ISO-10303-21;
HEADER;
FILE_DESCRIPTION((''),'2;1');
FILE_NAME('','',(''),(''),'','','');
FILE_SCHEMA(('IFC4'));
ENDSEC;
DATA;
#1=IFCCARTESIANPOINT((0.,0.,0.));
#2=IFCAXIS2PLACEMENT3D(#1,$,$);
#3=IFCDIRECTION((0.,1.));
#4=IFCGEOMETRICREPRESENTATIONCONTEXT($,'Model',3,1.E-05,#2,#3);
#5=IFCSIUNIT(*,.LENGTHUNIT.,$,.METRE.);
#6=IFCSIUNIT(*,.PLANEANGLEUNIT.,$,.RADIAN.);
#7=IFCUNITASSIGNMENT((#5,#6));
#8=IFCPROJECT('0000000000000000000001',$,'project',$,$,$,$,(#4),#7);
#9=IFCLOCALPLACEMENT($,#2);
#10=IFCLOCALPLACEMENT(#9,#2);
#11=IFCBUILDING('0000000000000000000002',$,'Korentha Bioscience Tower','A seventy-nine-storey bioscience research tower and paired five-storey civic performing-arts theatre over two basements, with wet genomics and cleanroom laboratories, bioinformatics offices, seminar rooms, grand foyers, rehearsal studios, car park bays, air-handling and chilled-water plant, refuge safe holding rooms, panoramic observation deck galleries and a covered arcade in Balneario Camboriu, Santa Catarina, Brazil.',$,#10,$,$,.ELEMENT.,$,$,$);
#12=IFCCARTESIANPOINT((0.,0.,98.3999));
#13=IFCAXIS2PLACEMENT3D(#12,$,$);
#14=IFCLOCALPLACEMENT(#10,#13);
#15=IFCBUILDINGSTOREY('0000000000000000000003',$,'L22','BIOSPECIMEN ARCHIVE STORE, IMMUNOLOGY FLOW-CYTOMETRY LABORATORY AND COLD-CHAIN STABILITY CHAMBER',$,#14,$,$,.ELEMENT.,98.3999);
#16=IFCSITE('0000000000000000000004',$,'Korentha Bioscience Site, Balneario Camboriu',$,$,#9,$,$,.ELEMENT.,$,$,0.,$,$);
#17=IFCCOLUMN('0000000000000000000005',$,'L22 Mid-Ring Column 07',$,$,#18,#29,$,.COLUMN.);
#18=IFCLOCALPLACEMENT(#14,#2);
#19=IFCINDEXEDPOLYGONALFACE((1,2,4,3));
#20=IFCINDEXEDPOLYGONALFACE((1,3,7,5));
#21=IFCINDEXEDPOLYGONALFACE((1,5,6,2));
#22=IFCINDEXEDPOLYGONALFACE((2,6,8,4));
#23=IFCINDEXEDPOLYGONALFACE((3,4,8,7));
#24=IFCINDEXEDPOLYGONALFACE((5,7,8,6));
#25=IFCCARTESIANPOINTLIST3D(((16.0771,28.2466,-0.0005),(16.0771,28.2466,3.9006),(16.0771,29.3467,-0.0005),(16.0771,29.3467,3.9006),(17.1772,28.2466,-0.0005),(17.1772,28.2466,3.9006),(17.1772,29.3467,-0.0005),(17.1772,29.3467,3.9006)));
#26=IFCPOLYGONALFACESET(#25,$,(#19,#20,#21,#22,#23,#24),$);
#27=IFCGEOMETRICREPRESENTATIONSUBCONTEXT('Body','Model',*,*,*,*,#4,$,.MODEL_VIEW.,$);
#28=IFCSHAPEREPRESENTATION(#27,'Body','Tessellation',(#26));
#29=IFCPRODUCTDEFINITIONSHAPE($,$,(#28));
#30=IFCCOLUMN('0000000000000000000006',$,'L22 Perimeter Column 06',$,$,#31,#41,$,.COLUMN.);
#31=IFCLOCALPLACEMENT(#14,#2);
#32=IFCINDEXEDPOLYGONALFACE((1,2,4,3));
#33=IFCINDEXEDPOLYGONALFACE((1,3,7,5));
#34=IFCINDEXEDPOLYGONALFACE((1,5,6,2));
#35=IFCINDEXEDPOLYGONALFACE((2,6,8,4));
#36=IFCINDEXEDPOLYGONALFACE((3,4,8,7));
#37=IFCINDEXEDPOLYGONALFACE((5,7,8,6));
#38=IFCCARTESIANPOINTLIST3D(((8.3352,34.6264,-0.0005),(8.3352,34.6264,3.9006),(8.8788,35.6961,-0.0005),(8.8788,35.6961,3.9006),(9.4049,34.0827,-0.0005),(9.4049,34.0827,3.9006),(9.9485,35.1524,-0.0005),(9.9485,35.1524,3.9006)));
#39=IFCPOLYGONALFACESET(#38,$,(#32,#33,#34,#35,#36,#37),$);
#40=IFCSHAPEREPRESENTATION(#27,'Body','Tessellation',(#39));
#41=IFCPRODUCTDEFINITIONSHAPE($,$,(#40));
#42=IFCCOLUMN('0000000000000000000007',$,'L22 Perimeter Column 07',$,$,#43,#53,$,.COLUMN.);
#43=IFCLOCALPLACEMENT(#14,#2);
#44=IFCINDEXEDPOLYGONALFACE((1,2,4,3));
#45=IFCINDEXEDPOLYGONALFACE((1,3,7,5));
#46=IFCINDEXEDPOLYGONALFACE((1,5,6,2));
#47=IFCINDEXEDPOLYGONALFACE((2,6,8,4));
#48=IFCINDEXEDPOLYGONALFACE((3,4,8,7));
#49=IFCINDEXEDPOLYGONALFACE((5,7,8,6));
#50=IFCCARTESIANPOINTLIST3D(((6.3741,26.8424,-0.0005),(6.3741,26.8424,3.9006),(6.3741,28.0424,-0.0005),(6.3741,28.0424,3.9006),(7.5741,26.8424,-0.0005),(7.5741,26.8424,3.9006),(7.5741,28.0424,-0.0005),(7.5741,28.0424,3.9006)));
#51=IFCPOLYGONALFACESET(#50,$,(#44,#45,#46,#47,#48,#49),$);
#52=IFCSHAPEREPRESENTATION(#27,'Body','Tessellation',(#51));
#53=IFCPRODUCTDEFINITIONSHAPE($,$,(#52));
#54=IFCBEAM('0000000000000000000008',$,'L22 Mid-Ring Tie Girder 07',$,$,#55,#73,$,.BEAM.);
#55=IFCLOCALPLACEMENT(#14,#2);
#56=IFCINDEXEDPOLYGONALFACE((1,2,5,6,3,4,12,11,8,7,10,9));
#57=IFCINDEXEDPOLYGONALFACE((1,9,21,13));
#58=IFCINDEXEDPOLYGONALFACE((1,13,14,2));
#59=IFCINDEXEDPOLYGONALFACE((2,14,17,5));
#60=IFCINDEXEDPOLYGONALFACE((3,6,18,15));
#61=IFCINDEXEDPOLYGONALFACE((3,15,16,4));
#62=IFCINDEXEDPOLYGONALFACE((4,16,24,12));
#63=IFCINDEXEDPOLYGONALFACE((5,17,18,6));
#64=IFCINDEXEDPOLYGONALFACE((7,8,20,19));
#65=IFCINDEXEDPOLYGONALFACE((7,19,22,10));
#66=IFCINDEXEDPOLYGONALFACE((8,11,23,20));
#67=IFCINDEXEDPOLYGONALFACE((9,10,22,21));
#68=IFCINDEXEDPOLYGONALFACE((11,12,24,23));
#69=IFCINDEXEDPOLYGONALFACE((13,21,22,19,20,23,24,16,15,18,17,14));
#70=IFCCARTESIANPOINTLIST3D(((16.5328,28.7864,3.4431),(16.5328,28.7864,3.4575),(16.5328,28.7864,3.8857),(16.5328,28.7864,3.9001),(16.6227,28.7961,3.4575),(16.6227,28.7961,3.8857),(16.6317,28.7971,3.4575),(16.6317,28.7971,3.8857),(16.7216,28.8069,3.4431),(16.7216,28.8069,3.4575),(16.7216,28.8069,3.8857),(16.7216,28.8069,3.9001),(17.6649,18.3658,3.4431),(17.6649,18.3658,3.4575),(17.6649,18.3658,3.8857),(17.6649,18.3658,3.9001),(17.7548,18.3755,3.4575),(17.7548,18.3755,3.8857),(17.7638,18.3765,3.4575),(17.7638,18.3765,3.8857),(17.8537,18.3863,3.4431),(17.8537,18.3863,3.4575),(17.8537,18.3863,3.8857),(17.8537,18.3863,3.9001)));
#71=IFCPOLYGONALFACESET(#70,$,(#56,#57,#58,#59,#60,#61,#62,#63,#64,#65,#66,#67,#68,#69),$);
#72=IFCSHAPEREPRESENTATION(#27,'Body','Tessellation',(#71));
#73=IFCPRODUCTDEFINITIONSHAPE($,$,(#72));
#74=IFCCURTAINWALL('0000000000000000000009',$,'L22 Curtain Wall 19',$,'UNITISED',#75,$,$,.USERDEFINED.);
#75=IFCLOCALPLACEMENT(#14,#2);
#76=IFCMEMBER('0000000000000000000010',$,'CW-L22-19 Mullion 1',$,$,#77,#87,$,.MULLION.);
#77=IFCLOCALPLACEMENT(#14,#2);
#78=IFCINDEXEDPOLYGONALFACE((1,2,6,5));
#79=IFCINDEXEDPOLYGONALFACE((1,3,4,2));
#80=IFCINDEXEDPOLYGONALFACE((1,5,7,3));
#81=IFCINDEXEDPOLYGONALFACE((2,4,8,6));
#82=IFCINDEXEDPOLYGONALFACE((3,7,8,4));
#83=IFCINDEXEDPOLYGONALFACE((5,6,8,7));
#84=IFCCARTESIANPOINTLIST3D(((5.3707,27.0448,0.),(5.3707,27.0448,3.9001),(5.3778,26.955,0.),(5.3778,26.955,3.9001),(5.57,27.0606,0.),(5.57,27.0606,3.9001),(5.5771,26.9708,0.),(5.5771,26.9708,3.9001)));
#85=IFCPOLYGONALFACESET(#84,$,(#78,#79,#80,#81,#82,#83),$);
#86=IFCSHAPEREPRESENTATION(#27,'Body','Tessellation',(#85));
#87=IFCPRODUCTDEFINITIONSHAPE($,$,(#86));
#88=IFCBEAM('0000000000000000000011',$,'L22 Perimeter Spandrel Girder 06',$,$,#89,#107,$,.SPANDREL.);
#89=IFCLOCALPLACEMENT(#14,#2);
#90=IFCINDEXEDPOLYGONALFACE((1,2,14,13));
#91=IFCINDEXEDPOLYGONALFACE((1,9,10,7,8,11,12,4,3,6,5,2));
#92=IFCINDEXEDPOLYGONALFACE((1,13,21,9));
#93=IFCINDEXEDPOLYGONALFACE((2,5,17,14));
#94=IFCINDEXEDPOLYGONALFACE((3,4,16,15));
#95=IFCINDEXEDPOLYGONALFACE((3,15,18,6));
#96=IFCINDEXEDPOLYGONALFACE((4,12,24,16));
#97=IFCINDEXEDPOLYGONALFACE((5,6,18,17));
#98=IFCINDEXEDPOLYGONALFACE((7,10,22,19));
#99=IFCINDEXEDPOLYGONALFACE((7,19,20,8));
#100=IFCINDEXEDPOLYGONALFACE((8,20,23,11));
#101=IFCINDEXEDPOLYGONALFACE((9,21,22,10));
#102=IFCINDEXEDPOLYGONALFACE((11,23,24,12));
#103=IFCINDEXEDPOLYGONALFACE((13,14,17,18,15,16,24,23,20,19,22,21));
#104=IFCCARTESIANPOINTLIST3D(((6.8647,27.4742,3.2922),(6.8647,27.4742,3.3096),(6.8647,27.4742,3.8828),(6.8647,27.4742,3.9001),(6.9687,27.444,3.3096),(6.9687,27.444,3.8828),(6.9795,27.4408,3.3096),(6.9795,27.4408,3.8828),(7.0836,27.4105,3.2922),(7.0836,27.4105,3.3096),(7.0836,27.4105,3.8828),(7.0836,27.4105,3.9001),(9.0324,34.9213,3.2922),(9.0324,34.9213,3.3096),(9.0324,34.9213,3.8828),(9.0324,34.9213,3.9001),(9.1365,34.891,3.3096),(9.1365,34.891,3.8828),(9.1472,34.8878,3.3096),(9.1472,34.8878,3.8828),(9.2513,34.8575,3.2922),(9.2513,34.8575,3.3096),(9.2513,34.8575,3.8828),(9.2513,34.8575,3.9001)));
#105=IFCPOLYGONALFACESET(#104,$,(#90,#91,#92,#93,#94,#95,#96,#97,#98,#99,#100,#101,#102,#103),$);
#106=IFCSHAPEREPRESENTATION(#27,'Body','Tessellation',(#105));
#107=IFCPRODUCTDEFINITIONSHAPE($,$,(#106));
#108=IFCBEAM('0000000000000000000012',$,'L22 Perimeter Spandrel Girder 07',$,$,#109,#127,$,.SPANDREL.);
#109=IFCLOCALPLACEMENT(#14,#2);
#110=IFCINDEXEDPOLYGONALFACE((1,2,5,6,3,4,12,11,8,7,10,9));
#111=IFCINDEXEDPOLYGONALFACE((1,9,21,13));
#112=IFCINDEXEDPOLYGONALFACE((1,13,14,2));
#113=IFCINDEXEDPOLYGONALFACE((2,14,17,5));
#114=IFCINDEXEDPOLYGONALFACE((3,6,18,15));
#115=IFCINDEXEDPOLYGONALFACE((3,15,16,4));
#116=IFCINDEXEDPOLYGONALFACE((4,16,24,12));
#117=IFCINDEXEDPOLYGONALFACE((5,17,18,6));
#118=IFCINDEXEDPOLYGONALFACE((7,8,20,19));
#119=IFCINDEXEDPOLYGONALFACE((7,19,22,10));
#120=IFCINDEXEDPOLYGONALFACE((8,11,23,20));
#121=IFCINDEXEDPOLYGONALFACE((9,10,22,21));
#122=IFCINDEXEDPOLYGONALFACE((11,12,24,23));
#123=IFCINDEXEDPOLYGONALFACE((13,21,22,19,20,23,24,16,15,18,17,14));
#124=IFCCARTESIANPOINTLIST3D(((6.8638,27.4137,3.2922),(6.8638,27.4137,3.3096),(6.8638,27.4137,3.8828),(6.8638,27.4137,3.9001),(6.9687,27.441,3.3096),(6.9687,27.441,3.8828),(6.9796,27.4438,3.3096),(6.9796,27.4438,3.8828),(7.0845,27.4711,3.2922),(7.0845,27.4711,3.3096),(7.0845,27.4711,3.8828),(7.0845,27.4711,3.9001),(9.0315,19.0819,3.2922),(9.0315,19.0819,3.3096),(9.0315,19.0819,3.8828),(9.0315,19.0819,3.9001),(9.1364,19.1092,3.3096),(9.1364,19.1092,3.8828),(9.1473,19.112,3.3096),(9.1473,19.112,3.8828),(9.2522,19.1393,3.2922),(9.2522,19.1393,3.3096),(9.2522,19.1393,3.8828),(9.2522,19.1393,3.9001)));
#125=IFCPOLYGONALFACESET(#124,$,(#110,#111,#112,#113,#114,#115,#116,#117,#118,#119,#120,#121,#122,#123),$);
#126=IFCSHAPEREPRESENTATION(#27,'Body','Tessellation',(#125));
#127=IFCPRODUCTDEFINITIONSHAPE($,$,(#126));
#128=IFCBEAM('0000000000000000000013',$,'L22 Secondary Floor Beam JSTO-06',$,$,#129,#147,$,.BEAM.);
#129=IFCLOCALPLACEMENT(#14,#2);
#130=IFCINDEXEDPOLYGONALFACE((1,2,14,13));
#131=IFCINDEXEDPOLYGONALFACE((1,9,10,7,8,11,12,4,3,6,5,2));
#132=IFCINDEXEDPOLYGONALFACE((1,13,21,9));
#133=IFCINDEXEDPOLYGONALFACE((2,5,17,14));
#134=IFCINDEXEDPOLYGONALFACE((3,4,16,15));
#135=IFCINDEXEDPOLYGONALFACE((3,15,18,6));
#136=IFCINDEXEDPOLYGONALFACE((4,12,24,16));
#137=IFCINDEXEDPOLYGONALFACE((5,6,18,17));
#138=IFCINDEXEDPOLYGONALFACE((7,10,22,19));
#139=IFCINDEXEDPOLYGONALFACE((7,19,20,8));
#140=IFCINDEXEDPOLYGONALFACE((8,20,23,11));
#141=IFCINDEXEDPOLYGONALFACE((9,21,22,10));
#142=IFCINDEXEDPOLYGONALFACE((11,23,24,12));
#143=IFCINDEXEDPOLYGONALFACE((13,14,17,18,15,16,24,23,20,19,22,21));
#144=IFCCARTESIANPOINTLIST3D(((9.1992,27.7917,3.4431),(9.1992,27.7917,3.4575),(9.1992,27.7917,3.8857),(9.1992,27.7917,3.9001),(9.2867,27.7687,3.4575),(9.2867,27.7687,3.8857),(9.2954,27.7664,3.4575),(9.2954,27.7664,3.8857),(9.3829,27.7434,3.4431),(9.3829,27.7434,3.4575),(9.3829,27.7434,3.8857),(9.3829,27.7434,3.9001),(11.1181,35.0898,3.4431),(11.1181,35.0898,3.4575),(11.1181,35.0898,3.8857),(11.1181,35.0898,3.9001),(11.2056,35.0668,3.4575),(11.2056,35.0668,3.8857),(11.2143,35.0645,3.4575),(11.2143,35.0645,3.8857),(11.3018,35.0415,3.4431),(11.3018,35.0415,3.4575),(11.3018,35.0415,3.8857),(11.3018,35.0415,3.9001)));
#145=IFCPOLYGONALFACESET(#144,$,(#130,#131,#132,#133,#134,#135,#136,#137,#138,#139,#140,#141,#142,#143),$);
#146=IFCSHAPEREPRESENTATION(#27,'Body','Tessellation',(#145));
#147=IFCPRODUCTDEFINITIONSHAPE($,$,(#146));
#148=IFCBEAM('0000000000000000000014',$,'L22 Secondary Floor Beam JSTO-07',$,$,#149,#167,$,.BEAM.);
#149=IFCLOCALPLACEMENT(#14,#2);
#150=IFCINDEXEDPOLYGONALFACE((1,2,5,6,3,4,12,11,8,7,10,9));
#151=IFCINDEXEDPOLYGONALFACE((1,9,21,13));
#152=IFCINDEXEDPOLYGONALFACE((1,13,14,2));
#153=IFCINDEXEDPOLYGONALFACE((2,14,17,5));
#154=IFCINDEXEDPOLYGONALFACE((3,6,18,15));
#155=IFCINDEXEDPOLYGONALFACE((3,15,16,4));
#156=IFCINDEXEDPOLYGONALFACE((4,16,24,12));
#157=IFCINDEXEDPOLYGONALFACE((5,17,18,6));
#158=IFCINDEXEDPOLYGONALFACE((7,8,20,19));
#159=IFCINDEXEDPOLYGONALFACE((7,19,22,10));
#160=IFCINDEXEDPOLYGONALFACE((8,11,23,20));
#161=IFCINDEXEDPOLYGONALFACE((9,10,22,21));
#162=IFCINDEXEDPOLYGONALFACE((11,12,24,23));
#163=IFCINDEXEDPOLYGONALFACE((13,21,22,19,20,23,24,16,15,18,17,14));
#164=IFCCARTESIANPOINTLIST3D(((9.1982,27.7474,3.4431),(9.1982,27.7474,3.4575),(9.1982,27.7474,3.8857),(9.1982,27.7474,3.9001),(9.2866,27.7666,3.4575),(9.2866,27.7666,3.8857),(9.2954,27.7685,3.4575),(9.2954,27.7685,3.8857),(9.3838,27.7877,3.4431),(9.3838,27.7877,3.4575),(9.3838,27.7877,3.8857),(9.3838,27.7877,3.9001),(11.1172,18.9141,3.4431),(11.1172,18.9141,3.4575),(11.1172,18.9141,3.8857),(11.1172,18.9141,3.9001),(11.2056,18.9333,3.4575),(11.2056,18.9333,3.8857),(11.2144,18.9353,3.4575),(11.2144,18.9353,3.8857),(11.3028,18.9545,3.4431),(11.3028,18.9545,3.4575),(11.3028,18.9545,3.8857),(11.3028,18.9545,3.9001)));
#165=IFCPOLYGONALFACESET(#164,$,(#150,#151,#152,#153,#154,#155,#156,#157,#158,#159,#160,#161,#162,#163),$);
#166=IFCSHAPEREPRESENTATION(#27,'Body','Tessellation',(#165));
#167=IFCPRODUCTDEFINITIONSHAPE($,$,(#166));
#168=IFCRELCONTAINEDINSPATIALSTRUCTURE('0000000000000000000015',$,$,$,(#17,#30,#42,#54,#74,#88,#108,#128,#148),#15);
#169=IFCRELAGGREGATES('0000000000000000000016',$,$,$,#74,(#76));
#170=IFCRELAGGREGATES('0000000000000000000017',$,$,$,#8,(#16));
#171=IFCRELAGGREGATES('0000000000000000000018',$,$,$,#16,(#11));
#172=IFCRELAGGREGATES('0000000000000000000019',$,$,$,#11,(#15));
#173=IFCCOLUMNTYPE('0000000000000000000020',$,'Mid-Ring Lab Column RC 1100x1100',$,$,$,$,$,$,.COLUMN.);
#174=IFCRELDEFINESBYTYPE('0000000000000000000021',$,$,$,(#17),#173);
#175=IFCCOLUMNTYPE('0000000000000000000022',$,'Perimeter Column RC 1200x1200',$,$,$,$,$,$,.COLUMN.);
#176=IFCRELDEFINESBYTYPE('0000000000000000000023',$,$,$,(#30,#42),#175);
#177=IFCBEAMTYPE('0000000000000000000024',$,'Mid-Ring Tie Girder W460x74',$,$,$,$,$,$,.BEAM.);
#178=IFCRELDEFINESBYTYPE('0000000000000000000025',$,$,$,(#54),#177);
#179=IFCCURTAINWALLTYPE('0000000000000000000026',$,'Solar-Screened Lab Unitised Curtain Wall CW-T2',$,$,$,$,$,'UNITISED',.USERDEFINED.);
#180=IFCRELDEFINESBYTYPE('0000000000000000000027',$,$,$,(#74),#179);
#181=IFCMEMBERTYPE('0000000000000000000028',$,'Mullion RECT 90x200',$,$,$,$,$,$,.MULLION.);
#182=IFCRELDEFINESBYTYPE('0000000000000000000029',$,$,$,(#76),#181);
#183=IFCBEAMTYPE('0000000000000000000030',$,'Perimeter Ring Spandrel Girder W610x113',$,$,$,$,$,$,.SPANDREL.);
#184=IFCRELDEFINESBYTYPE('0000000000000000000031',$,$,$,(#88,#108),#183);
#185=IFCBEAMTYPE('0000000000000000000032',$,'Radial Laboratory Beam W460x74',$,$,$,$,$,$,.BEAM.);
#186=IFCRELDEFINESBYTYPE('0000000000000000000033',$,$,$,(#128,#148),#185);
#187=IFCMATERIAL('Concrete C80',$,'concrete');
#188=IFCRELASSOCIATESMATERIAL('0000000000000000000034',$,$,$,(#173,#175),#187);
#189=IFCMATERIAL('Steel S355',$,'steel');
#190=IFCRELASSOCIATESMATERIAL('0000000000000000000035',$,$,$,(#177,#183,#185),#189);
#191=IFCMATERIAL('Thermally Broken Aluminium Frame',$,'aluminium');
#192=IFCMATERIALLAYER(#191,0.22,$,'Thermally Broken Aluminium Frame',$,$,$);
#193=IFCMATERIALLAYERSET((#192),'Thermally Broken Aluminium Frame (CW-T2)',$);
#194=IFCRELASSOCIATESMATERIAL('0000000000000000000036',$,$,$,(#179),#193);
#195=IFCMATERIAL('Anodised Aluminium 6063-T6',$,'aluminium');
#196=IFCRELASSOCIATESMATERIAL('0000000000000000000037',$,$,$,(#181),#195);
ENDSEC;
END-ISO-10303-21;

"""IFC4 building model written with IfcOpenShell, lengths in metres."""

from ifc_helpers import new_model, si_unit, direction, frame, origin, origin_2d, place, context, subcontext, project, spatial, rectangle, i_section, extrude, material, layer, layer_set, material_profile, profile_set, type_object, element, aggregate, save


model = new_model("IFC4")

# Units and contexts
model_context = context("Model", 3, precision=1e-05, world=origin(), true_north=direction((0.0, 1.0)))
body_context = subcontext(model_context, "Body", "Model", "MODEL_VIEW")
ifc_project = project(units=[si_unit("LENGTHUNIT", "METRE"), si_unit("PLANEANGLEUNIT", "RADIAN")], contexts=[model_context])

# Site, building, storey
site_placement = place(None, origin())
site = spatial("IfcSite", under=ifc_project, at=site_placement, Name="Korentha Bioscience Site, Balneario Camboriu", CompositionType="ELEMENT", RefElevation=0.0)
building_placement = place(site_placement, origin())
building = spatial("IfcBuilding", under=site, at=building_placement, Name="Korentha Bioscience Tower", Description="A seventy-nine-storey bioscience research tower and paired five-storey civic performing-arts theatre over two basements, with wet genomics and cleanroom laboratories, bioinformatics offices, seminar rooms, grand foyers, rehearsal studios, car park bays, air-handling and chilled-water plant, refuge safe holding rooms, panoramic observation deck galleries and a covered arcade in Balneario Camboriu, Santa Catarina, Brazil.", CompositionType="ELEMENT")
storey_placement = place(building_placement, frame((0.0, 0.0, 98.3999)))
storey = spatial("IfcBuildingStorey", under=building, at=storey_placement, Name="L22", Description="BIOSPECIMEN ARCHIVE STORE, IMMUNOLOGY FLOW-CYTOMETRY LABORATORY AND COLD-CHAIN STABILITY CHAMBER", CompositionType="ELEMENT", Elevation=98.3999)

# Columns
ifc_material_1 = material(Name="Concrete C80", Category="concrete")
ifc_material_profile_1 = material_profile(ifc_material_1, rectangle(XDim=1.1001, YDim=1.1001, at=origin_2d()), Name="Concrete C80")
ifc_profile_set_1 = profile_set([ifc_material_profile_1], Name="Concrete C80 (COL-MR11)")
column_type_1 = type_object("IfcColumnType", Name="Mid-Ring Lab Column RC 1100x1100", PredefinedType="COLUMN", material=ifc_profile_set_1)
column_placement = place(storey_placement, frame((16.6272, 28.7966, -0.0005), z_axis=(0.0, 0.0, 1.0), x_axis=(1.0, 0.0, 0.0)))
element("IfcColumn", 1, at=column_placement, inside=storey, type_object=column_type_1, Name="L22 Mid-Ring Column 07", PredefinedType="COLUMN", context=body_context, shape_type="SweptSolid", body=[
    extrude(rectangle(XDim=1.1001, YDim=1.1001, at=origin_2d()), origin(), (0.0, 0.0, 1.0), 3.9011),
])
ifc_material_profile_2 = material_profile(ifc_material_1, rectangle(XDim=1.2, YDim=1.2, at=origin_2d()), Name="Concrete C80")
ifc_profile_set_2 = profile_set([ifc_material_profile_2], Name="Concrete C80 (COL-P12)")
column_type_2 = type_object("IfcColumnType", Name="Perimeter Column RC 1200x1200", PredefinedType="COLUMN", material=ifc_profile_set_2)
for number, where, z_axis, x_axis, name in (
    (2, (9.1418, 34.8894, -0.0005), (0.0, 0.0, 1.0), (0.453057, 0.891481, 0.0), "L22 Perimeter Column 06"),
    (3, (6.9741, 27.4424, -0.0005), (0.0, 0.0, 1.0), (0.0, 1.0, 0.0), "L22 Perimeter Column 07"),
):
    element("IfcColumn", number, at=place(storey_placement, frame(where, z_axis=z_axis, x_axis=x_axis)), inside=storey, type_object=column_type_2, Name=name, PredefinedType="COLUMN", context=body_context, shape_type="SweptSolid", body=[
        extrude(rectangle(XDim=1.2, YDim=1.2, at=origin_2d()), origin(), (0.0, 0.0, 1.0), 3.9011),
    ])

# Beam
ifc_material_2 = material(Name="Steel S355", Category="steel")
ifc_material_profile_3 = material_profile(ifc_material_2, i_section(OverallWidth=0.1899, OverallDepth=0.457, WebThickness=0.009, FlangeThickness=0.0144, at=origin_2d()), Name="Steel S355")
ifc_profile_set_3 = profile_set([ifc_material_profile_3], Name="Steel S355 (MB-460)")
beam_type_1 = type_object("IfcBeamType", Name="Mid-Ring Tie Girder W460x74", PredefinedType="BEAM", material=ifc_profile_set_3)
beam_1_placement = place(storey_placement, frame((16.6272, 28.7966, 3.6716), z_axis=(0.108003, -0.994151, 0.0), x_axis=(0.994151, 0.108003, 0.0)))
element("IfcBeam", 4, at=beam_1_placement, inside=storey, type_object=beam_type_1, Name="L22 Mid-Ring Tie Girder 07", PredefinedType="BEAM", context=body_context, shape_type="SweptSolid", body=[
    extrude(i_section(OverallWidth=0.1899, OverallDepth=0.457, WebThickness=0.009, FlangeThickness=0.0144, at=origin_2d()), origin(), (0.0, 0.0, 1.0), 10.4819),
])

# Curtain wall, member
ifc_material_3 = material(Name="Thermally Broken Aluminium Frame", Category="aluminium")
ifc_layer_1 = layer(ifc_material_3, 0.22, Name="Thermally Broken Aluminium Frame")
ifc_layer_set_1 = layer_set([ifc_layer_1], Name="Thermally Broken Aluminium Frame (CW-T2)")
curtain_wall_type = type_object("IfcCurtainWallType", Name="Solar-Screened Lab Unitised Curtain Wall CW-T2", ElementType="UNITISED", PredefinedType="USERDEFINED", material=ifc_layer_set_1)
curtain_wall_placement = place(storey_placement, origin())
curtain_wall = element("IfcCurtainWall", 5, at=curtain_wall_placement, inside=storey, type_object=curtain_wall_type, Name="L22 Curtain Wall 19", ObjectType="UNITISED", PredefinedType="USERDEFINED")
ifc_material_4 = material(Name="Anodised Aluminium 6063-T6", Category="aluminium")
ifc_material_profile_4 = material_profile(ifc_material_4, rectangle(XDim=0.0901, YDim=0.2, at=origin_2d()), Name="Anodised Aluminium 6063-T6")
ifc_profile_set_4 = profile_set([ifc_material_profile_4], Name="Anodised Aluminium 6063-T6 (CW-MUL)")
member_type_1 = type_object("IfcMemberType", Name="Mullion RECT 90x200", PredefinedType="MULLION", material=ifc_profile_set_4)
member_1_placement = place(storey_placement, frame((5.4739, 27.0078, 0.0), z_axis=(0.0, 0.0, 1.0), x_axis=(0.07913, -0.996864, 0.0)))
member_1 = element("IfcMember", 6, at=member_1_placement, type_object=member_type_1, Name="CW-L22-19 Mullion 1", PredefinedType="MULLION", context=body_context, shape_type="SweptSolid", body=[
    extrude(rectangle(XDim=0.0901, YDim=0.2, at=origin_2d()), origin(), (0.0, 0.0, 1.0), 3.9001),
])

# Beams
ifc_material_profile_5 = material_profile(ifc_material_2, i_section(OverallWidth=0.228, OverallDepth=0.6079, WebThickness=0.0112, FlangeThickness=0.0173, at=origin_2d()), Name="Steel S355")
ifc_profile_set_5 = profile_set([ifc_material_profile_5], Name="Steel S355 (SB-610)")
beam_type_2 = type_object("IfcBeamType", Name="Perimeter Ring Spandrel Girder W610x113", PredefinedType="SPANDREL", material=ifc_profile_set_5)
beam_2_placement = place(storey_placement, frame((9.1418, 34.8894, 3.5962), z_axis=(-0.279486, -0.96015, 0.0), x_axis=(0.96015, -0.279486, 0.0)))
element("IfcBeam", 7, at=beam_2_placement, inside=storey, type_object=beam_type_2, Name="L22 Perimeter Spandrel Girder 06", PredefinedType="SPANDREL", context=body_context, shape_type="SweptSolid", body=[
    extrude(i_section(OverallWidth=0.228, OverallDepth=0.6079, WebThickness=0.0112, FlangeThickness=0.0173, at=origin_2d()), origin(), (0.0, 0.0, 1.0), 7.7561),
])
beam_3_placement = place(storey_placement, frame((6.9741, 27.4424, 3.5962), z_axis=(0.251793, -0.967781, 0.0), x_axis=(0.967781, 0.251793, 0.0)))
element("IfcBeam", 8, at=beam_3_placement, inside=storey, type_object=beam_type_2, Name="L22 Perimeter Spandrel Girder 07", PredefinedType="SPANDREL", context=body_context, shape_type="SweptSolid", body=[
    extrude(i_section(OverallWidth=0.228, OverallDepth=0.6079, WebThickness=0.0112, FlangeThickness=0.0173, at=origin_2d()), origin(), (0.0, 0.0, 1.0), 8.6091),
])
ifc_material_profile_6 = material_profile(ifc_material_2, i_section(OverallWidth=0.1899, OverallDepth=0.457, WebThickness=0.009, FlangeThickness=0.0144, at=origin_2d()), Name="Steel S355")
ifc_profile_set_6 = profile_set([ifc_material_profile_6], Name="Steel S355 (RB-460)")
beam_type_3 = type_object("IfcBeamType", Name="Radial Laboratory Beam W460x74", PredefinedType="BEAM", material=ifc_profile_set_6)
beam_4_placement = place(storey_placement, frame((11.21, 35.0657, 3.6716), z_axis=(-0.254294, -0.967127, 0.0), x_axis=(0.967127, -0.254294, 0.0)))
element("IfcBeam", 9, at=beam_4_placement, inside=storey, type_object=beam_type_3, Name="L22 Secondary Floor Beam JSTO-06", PredefinedType="BEAM", context=body_context, shape_type="SweptSolid", body=[
    extrude(i_section(OverallWidth=0.1899, OverallDepth=0.457, WebThickness=0.009, FlangeThickness=0.0144, at=origin_2d()), origin(), (0.0, 0.0, 1.0), 7.5461),
])
beam_5_placement = place(storey_placement, frame((9.291, 27.7676, 3.6716), z_axis=(0.212289, -0.977207, 0.0), x_axis=(0.977207, 0.212289, 0.0)))
element("IfcBeam", 10, at=beam_5_placement, inside=storey, type_object=beam_type_3, Name="L22 Secondary Floor Beam JSTO-07", PredefinedType="BEAM", context=body_context, shape_type="SweptSolid", body=[
    extrude(i_section(OverallWidth=0.1899, OverallDepth=0.457, WebThickness=0.009, FlangeThickness=0.0144, at=origin_2d()), origin(), (0.0, 0.0, 1.0), 9.0393),
])

aggregate(curtain_wall, [member_1])

save(model, "model.ifc")
